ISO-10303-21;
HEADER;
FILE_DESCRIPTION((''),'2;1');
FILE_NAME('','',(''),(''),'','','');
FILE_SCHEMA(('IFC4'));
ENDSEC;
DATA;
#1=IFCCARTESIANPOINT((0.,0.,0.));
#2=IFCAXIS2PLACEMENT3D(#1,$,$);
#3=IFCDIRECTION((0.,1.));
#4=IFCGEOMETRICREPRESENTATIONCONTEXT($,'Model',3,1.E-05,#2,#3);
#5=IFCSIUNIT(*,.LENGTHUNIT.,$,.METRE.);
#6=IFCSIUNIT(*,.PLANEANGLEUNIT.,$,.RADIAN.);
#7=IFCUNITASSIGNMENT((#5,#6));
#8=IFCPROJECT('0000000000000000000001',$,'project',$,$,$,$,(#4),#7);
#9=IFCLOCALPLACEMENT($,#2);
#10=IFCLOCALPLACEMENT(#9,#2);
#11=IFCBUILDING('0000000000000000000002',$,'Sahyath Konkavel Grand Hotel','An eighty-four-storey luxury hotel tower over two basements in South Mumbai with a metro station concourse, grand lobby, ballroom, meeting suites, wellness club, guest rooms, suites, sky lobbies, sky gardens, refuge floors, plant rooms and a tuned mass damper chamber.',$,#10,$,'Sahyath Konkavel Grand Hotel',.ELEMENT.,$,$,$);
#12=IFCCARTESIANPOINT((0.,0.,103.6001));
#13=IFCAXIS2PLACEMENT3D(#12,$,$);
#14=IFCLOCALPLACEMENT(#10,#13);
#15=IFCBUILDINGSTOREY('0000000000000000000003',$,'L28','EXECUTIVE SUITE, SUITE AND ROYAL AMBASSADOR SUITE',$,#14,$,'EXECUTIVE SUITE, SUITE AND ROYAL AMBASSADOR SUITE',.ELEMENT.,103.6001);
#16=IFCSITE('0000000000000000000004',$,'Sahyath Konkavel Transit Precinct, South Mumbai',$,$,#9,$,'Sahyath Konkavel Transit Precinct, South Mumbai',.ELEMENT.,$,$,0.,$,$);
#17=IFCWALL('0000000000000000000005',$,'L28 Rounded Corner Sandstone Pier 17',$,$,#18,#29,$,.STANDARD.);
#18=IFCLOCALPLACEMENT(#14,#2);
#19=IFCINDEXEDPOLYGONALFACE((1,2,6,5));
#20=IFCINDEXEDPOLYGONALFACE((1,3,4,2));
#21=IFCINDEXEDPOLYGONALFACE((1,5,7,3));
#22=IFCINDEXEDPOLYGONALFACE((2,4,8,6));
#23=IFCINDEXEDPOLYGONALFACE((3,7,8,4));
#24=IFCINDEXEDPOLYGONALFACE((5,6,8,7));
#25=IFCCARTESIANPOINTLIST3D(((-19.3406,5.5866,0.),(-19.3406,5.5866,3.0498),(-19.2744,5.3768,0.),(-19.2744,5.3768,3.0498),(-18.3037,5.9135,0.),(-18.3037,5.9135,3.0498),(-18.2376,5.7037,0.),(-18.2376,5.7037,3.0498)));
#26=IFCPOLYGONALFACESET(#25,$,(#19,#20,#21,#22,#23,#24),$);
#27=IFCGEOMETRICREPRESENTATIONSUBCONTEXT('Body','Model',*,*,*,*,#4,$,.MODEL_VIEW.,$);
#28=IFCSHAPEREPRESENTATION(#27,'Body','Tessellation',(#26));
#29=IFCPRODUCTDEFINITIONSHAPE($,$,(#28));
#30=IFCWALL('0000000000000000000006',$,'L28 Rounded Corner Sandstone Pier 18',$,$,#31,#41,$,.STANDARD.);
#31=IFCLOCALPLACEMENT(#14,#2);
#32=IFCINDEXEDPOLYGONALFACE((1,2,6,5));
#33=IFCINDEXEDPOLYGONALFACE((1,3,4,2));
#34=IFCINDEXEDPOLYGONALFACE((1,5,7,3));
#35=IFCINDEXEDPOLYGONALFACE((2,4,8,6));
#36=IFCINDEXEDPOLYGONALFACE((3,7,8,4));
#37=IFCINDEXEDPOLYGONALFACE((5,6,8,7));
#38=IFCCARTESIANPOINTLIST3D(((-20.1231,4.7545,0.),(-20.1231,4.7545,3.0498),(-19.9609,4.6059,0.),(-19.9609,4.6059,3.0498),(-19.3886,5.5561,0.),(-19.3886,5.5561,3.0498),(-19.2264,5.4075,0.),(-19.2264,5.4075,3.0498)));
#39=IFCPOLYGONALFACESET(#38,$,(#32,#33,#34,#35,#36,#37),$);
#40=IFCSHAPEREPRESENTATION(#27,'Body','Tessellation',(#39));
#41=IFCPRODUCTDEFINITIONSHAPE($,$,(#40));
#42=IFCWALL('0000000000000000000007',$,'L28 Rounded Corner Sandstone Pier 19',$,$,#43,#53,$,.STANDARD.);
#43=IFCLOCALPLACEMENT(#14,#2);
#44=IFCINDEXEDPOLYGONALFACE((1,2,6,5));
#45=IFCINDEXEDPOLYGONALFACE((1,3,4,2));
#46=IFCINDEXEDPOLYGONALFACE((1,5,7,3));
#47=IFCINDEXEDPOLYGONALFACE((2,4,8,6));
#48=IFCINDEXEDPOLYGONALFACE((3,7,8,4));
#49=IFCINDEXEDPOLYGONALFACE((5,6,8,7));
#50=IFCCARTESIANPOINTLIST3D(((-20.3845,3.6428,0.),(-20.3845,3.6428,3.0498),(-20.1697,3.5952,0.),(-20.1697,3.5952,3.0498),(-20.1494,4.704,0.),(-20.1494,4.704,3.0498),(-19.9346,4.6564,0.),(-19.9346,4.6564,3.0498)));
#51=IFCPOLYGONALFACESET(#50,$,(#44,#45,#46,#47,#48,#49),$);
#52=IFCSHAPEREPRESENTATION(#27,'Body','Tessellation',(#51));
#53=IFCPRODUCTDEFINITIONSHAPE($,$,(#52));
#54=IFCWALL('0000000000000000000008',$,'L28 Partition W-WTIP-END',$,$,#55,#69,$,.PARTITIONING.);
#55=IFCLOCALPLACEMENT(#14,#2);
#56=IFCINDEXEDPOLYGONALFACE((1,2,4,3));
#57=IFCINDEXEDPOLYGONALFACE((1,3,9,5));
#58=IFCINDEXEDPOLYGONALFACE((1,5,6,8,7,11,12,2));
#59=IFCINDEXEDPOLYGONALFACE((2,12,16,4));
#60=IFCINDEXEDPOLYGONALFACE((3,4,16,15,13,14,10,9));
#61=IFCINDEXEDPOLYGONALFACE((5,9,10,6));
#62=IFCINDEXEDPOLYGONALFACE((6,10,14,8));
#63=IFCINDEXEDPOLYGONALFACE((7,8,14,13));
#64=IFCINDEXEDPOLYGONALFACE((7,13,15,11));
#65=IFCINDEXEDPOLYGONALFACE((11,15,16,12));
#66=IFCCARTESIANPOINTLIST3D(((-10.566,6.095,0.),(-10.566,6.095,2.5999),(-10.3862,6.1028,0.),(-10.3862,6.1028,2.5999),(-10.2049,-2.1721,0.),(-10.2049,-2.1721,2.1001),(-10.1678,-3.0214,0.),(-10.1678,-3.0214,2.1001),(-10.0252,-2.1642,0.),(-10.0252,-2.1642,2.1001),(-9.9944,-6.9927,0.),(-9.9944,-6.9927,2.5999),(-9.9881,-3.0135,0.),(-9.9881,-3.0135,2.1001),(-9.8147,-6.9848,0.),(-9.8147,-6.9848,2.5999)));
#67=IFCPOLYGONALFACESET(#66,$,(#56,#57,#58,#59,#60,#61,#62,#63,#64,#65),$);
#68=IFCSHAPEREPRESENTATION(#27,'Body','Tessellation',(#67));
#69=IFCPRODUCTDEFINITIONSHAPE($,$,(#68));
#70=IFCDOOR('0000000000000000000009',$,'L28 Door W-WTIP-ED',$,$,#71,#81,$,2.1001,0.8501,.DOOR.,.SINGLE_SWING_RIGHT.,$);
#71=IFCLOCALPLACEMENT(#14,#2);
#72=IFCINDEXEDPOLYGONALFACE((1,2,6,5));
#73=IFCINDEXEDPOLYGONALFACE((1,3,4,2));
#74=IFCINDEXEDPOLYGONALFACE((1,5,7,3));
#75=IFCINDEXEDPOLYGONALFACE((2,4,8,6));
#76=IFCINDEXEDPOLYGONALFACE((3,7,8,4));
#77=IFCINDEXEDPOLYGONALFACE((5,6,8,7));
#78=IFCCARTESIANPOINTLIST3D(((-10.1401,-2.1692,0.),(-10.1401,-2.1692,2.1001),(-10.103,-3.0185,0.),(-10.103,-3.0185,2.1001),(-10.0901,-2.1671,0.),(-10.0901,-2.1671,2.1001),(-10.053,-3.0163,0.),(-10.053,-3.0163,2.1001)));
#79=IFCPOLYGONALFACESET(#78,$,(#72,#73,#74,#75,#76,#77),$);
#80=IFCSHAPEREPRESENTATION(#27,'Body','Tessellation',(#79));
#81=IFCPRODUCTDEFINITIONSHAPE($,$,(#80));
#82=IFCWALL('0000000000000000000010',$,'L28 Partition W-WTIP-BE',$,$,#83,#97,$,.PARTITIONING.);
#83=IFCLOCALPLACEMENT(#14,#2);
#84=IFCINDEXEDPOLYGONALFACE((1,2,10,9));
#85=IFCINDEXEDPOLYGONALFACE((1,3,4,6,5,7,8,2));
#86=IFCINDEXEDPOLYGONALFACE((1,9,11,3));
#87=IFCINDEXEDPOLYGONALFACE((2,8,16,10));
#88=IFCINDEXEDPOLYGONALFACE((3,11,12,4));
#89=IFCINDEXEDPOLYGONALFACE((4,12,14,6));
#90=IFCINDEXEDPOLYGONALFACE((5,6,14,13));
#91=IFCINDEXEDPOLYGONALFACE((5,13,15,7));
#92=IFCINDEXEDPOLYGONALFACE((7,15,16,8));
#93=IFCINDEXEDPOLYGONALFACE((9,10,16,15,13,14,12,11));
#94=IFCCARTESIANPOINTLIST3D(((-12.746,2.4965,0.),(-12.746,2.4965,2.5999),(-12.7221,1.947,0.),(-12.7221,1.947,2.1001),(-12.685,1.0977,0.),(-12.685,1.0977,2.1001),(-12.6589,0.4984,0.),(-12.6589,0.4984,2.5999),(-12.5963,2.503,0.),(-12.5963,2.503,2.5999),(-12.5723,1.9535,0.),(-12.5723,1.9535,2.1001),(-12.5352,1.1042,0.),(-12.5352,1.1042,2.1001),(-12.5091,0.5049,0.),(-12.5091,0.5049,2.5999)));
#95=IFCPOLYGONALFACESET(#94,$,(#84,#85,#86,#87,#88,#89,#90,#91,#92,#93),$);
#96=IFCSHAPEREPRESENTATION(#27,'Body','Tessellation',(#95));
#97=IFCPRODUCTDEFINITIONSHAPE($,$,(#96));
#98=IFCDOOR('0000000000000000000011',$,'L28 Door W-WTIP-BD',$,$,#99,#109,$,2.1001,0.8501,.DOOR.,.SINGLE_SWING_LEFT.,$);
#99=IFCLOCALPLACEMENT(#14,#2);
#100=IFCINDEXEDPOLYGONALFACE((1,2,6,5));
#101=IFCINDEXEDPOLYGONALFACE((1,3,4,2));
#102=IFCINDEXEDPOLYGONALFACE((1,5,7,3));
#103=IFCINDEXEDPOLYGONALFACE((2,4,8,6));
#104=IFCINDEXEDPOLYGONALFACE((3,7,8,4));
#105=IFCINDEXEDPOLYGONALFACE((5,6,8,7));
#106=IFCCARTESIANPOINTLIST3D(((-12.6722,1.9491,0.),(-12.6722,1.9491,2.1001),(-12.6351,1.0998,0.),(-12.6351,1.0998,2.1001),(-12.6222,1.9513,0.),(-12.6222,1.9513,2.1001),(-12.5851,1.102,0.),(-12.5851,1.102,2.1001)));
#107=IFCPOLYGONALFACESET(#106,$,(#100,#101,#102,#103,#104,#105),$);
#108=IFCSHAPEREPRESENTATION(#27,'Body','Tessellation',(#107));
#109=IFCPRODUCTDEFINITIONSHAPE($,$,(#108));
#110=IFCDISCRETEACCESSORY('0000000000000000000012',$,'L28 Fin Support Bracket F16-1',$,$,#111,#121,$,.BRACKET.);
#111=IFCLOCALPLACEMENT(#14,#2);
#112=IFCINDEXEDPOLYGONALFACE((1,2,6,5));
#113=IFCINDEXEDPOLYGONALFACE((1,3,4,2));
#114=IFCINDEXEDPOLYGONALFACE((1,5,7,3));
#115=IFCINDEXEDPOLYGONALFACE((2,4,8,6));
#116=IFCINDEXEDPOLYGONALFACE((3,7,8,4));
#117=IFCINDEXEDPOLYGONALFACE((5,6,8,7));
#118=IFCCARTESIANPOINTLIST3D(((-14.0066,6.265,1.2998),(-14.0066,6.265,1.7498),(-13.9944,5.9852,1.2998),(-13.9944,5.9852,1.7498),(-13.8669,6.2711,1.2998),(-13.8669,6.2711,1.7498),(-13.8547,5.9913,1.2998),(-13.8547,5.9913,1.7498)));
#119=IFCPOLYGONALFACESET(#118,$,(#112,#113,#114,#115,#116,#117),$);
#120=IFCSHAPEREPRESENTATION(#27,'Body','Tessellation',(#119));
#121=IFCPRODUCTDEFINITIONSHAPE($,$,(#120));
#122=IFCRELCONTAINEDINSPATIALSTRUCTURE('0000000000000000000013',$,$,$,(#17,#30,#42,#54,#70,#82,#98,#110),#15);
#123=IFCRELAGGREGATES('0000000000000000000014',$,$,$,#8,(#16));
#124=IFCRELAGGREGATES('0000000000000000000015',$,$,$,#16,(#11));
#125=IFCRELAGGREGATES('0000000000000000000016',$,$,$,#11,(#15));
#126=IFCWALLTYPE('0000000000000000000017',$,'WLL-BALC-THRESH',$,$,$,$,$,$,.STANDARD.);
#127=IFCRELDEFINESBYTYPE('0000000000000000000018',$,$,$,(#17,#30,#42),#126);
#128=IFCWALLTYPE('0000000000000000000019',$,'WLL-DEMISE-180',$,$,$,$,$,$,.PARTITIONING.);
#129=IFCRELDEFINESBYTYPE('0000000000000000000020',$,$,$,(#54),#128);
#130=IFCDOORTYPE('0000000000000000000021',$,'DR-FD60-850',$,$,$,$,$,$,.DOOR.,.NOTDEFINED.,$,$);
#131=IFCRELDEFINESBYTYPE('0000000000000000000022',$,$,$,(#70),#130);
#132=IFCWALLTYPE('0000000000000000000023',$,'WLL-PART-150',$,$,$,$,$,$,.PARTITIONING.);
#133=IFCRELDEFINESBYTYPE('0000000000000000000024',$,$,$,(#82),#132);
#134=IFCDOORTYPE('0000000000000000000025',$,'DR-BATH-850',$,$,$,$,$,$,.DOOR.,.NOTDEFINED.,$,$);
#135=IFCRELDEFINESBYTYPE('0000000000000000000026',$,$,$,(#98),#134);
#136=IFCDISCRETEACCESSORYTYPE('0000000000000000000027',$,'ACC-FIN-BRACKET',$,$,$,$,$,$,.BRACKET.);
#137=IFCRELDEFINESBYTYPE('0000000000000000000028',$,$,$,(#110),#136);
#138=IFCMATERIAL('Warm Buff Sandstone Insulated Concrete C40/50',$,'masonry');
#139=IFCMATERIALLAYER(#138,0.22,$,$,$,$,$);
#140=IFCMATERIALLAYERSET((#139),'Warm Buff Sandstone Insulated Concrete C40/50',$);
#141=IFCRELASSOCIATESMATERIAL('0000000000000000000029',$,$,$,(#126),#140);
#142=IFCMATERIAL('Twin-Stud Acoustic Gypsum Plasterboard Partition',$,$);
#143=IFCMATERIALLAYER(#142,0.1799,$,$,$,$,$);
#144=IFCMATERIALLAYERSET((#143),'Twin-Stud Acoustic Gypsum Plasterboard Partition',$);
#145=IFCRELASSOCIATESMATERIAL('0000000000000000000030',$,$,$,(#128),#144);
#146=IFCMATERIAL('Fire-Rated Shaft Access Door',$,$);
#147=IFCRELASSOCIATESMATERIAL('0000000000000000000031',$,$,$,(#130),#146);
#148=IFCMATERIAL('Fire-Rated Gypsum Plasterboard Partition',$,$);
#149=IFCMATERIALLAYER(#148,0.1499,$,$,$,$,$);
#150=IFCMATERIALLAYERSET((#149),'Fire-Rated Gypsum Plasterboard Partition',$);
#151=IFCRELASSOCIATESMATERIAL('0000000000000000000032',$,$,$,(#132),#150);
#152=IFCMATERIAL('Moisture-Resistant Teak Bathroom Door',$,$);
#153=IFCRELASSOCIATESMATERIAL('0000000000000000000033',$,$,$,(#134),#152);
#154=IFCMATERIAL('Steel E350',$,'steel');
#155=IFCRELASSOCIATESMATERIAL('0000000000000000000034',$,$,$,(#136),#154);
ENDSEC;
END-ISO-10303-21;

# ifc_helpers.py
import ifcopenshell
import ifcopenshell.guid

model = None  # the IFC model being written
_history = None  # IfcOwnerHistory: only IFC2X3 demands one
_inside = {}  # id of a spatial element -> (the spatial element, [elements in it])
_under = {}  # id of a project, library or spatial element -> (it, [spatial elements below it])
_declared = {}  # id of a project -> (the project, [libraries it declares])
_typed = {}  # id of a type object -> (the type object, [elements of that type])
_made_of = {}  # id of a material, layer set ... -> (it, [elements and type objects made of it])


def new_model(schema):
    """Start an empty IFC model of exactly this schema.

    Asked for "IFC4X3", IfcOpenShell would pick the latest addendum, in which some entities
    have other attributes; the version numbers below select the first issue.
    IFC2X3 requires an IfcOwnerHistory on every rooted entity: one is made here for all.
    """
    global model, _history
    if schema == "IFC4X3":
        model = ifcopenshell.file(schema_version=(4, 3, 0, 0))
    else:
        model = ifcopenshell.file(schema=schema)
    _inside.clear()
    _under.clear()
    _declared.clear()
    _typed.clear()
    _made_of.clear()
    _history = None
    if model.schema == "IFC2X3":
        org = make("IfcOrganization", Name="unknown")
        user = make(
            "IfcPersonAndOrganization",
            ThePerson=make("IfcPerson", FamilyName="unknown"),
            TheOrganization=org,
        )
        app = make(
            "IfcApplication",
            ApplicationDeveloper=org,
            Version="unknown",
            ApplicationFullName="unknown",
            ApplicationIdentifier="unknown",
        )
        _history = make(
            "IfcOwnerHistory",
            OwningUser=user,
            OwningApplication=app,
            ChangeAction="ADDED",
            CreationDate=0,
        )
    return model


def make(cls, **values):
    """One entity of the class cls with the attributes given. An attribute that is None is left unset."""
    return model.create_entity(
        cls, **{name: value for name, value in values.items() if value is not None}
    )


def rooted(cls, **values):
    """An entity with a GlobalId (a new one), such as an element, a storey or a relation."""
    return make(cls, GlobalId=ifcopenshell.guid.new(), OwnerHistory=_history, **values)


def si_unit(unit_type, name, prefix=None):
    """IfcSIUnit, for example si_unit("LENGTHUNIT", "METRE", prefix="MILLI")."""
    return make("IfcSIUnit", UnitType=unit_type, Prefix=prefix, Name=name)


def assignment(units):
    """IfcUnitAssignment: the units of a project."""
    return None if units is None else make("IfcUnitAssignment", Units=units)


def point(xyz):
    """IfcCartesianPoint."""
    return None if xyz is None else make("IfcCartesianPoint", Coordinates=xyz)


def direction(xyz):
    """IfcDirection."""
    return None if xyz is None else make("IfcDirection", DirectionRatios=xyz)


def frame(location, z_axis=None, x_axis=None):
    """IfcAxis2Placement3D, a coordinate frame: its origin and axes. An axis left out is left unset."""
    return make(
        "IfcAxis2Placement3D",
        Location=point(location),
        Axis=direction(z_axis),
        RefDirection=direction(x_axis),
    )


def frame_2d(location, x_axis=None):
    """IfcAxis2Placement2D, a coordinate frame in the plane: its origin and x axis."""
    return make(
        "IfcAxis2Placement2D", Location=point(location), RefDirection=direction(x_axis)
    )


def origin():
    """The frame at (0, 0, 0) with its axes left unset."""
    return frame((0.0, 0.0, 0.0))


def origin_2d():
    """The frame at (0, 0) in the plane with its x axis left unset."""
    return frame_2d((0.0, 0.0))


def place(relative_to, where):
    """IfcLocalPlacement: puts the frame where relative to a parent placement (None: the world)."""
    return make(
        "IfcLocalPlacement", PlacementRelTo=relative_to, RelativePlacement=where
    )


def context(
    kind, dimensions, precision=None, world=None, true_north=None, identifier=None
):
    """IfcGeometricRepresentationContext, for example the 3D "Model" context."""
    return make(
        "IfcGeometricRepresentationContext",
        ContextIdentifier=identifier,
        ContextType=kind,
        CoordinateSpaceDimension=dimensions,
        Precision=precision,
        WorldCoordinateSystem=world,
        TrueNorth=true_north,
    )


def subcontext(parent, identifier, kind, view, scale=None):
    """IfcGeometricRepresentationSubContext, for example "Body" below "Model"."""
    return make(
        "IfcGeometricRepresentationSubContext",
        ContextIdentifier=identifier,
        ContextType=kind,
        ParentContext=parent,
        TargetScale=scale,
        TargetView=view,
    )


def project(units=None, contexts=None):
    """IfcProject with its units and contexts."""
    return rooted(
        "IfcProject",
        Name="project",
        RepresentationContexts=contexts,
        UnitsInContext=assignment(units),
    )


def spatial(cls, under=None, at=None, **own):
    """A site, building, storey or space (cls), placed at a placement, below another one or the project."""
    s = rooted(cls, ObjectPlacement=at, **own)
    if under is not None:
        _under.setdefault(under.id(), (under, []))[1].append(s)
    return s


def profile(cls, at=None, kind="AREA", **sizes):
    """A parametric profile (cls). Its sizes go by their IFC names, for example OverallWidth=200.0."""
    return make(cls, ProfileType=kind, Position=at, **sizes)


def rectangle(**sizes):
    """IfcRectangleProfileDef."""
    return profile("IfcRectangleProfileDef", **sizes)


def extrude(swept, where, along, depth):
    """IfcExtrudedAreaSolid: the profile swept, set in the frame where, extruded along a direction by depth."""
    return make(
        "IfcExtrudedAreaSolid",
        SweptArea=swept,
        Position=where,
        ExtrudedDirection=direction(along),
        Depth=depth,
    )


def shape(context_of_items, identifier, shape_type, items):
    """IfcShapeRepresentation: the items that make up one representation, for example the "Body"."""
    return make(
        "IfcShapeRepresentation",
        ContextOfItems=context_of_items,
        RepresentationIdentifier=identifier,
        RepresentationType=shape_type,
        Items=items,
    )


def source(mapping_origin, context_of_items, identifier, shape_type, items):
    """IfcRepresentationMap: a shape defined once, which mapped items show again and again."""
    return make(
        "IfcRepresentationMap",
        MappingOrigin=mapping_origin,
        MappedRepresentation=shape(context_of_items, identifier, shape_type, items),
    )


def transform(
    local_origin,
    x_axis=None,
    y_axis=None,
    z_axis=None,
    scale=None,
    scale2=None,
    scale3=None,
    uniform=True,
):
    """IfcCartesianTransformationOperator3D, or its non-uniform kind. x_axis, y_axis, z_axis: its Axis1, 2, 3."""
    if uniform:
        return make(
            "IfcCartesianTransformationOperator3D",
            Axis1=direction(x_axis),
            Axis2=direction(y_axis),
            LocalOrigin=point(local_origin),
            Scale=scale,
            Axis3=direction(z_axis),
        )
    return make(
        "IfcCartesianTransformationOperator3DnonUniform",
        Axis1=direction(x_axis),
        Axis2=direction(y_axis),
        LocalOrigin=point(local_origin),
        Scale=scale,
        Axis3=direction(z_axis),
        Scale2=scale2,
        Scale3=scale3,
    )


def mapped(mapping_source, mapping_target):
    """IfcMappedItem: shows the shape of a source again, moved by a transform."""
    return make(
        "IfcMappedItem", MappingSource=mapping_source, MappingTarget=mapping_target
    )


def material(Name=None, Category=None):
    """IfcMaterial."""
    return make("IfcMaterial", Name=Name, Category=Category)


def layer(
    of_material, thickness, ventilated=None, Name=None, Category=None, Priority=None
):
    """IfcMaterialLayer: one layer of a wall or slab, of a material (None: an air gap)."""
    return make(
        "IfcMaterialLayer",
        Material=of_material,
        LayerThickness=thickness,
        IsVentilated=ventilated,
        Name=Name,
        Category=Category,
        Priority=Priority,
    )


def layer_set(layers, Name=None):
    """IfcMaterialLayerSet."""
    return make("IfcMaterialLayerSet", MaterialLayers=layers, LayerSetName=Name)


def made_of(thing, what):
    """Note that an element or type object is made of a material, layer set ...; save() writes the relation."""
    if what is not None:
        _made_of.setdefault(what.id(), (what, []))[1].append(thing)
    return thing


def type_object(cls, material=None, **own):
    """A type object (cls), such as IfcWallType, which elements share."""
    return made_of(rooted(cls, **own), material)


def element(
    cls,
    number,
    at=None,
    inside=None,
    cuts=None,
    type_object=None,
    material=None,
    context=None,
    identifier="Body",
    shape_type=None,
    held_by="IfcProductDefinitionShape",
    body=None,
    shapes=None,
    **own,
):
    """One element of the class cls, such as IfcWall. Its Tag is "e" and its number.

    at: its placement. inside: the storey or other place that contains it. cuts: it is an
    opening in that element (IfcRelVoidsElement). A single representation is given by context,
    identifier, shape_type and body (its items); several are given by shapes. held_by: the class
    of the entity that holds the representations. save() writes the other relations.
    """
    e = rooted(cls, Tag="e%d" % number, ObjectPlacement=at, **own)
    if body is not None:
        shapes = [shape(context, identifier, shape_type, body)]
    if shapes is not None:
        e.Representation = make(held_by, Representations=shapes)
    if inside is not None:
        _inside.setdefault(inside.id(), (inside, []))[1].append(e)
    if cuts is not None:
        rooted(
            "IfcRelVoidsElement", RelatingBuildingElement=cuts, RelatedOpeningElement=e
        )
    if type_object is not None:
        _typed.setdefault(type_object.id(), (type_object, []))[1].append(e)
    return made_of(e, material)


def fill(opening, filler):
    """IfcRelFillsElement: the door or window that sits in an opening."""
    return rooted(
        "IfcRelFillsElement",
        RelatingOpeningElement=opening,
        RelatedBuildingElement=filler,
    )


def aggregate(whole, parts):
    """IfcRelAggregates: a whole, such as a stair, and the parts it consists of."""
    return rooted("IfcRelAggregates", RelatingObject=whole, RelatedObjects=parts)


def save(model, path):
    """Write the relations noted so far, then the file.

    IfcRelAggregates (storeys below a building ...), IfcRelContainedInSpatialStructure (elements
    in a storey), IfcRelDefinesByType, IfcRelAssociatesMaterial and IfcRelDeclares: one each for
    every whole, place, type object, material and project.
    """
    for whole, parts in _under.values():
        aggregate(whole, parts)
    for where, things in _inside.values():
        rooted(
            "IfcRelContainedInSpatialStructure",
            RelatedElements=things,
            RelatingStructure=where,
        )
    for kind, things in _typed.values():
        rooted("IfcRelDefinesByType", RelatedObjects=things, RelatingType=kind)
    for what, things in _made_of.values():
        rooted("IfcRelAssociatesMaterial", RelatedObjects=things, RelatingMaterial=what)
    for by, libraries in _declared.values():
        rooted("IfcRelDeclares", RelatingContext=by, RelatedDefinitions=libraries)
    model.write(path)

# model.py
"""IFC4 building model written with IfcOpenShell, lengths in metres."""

from ifc_helpers import new_model, si_unit, direction, frame, frame_2d, origin, origin_2d, place, context, subcontext, project, spatial, rectangle, extrude, source, transform, mapped, material, layer, layer_set, type_object, element, fill, save


model = new_model("IFC4")

# Units and contexts
model_context = context("Model", 3, precision=1e-05, world=origin(), true_north=direction((0.0, 1.0)))
body_context = subcontext(model_context, "Body", "Model", "MODEL_VIEW")
ifc_project = project(units=[si_unit("LENGTHUNIT", "METRE"), si_unit("PLANEANGLEUNIT", "RADIAN")], contexts=[model_context])

# Site, building, storey
site_placement = place(None, origin())
site = spatial("IfcSite", under=ifc_project, at=site_placement, Name="Sahyath Konkavel Transit Precinct, South Mumbai", LongName="Sahyath Konkavel Transit Precinct, South Mumbai", CompositionType="ELEMENT", RefElevation=0.0)
building_placement = place(site_placement, origin())
building = spatial("IfcBuilding", under=site, at=building_placement, Name="Sahyath Konkavel Grand Hotel", Description="An eighty-four-storey luxury hotel tower over two basements in South Mumbai with a metro station concourse, grand lobby, ballroom, meeting suites, wellness club, guest rooms, suites, sky lobbies, sky gardens, refuge floors, plant rooms and a tuned mass damper chamber.", LongName="Sahyath Konkavel Grand Hotel", CompositionType="ELEMENT")
storey_placement = place(building_placement, frame((0.0, 0.0, 103.6001)))
storey = spatial("IfcBuildingStorey", under=building, at=storey_placement, Name="L28", Description="EXECUTIVE SUITE, SUITE AND ROYAL AMBASSADOR SUITE", LongName="EXECUTIVE SUITE, SUITE AND ROYAL AMBASSADOR SUITE", CompositionType="ELEMENT", Elevation=103.6001)

# Shared definitions
ifc_material_1 = material(Name="Steel E350", Category="steel")

# Walls
ifc_material_2 = material(Name="Warm Buff Sandstone Insulated Concrete C40/50", Category="masonry")
ifc_layer_1 = layer(ifc_material_2, 0.22)
ifc_layer_set_1 = layer_set([ifc_layer_1], Name="Warm Buff Sandstone Insulated Concrete C40/50")
wall_type_1 = type_object("IfcWallType", Name="WLL-BALC-THRESH", PredefinedType="STANDARD", material=ifc_layer_set_1)
for number, where, z_axis, x_axis, name in (
    (1, (-18.2708, 5.8086, 0.0), (0.0, 0.0, 1.0), (-0.953722, -0.300691, 0.0), "L28 Rounded Corner Sandstone Pier 17"),
    (2, (-19.3076, 5.4817, 0.0), (0.0, 0.0, 1.0), (-0.675552, -0.737313, 0.0), "L28 Rounded Corner Sandstone Pier 18"),
):
    element("IfcWall", number, at=place(storey_placement, frame(where, z_axis=z_axis, x_axis=x_axis)), inside=storey, type_object=wall_type_1, Name=name, PredefinedType="STANDARD", context=body_context, shape_type="SweptSolid", body=[
        extrude(rectangle(XDim=1.0872, YDim=0.22, at=frame_2d((0.5435, 0.0))), origin(), (0.0, 0.0, 1.0), 3.0498),
    ])
wall_1_placement = place(storey_placement, frame((-20.042, 4.6802, 0.0), z_axis=(0.0, 0.0, 1.0), x_axis=(-0.216288, -0.97633, 0.0)))
element("IfcWall", 3, at=wall_1_placement, inside=storey, type_object=wall_type_1, Name="L28 Rounded Corner Sandstone Pier 19", PredefinedType="STANDARD", context=body_context, shape_type="SweptSolid", body=[
    extrude(rectangle(XDim=1.0869, YDim=0.22, at=frame_2d((0.5435, 0.0))), origin(), (0.0, 0.0, 1.0), 3.0498),
])

# Walls, openings, doors
ifc_material_3 = material(Name="Twin-Stud Acoustic Gypsum Plasterboard Partition")
ifc_layer_2 = layer(ifc_material_3, 0.1799)
ifc_layer_set_2 = layer_set([ifc_layer_2], Name="Twin-Stud Acoustic Gypsum Plasterboard Partition")
wall_type_2 = type_object("IfcWallType", Name="WLL-DEMISE-180", PredefinedType="PARTITIONING", material=ifc_layer_set_2)
wall_2_placement = place(storey_placement, frame((-10.4761, 6.0989, 0.0), z_axis=(0.0, 0.0, 1.0), x_axis=(0.043628, -0.999048, 0.0)))
wall_2 = element("IfcWall", 4, at=wall_2_placement, inside=storey, type_object=wall_type_2, Name="L28 Partition W-WTIP-END", PredefinedType="PARTITIONING", context=body_context, shape_type="SweptSolid", body=[
    extrude(rectangle(XDim=13.1001, YDim=0.1799, at=frame_2d((6.55, 0.0))), origin(), (0.0, 0.0, 1.0), 2.5999),
])
opening_1_placement = place(wall_2_placement, frame((8.2749, 0.0, 0.0)))
opening_1 = element("IfcOpeningElement", 5, at=opening_1_placement, cuts=wall_2, PredefinedType="OPENING", context=body_context, shape_type="SweptSolid", body=[
    extrude(rectangle(XDim=0.8501, YDim=2.1001, at=frame_2d((0.425, 1.05))), frame((0.0, 0.1001, 0.0), z_axis=(0.0, -1.0, 0.0), x_axis=(1.0, 0.0, 0.0)), (0.0, 0.0, 1.0), 0.2),
])
ifc_material_4 = material(Name="Fire-Rated Shaft Access Door")
door_type_1 = type_object("IfcDoorType", Name="DR-FD60-850", OperationType="NOTDEFINED", PredefinedType="DOOR", material=ifc_material_4)
shared_shape_1 = source(origin(), body_context, "Body", "SweptSolid", [
    extrude(rectangle(XDim=0.8501, YDim=0.05, at=origin_2d()), origin(), (0.0, 0.0, 1.0), 2.1001),
])
door_1_placement = place(opening_1_placement, frame((0.425, 0.0, 0.0)))
door_1 = element("IfcDoor", 6, at=door_1_placement, inside=storey, type_object=door_type_1, Name="L28 Door W-WTIP-ED", OperationType="SINGLE_SWING_RIGHT", OverallHeight=2.1001, OverallWidth=0.8501, PredefinedType="DOOR", context=body_context, shape_type="MappedRepresentation", body=[
    mapped(shared_shape_1, transform((0.0, 0.0, 0.0), scale=1.0)),
])
fill(opening_1, door_1)
ifc_material_5 = material(Name="Fire-Rated Gypsum Plasterboard Partition")
ifc_layer_3 = layer(ifc_material_5, 0.1499)
ifc_layer_set_3 = layer_set([ifc_layer_3], Name="Fire-Rated Gypsum Plasterboard Partition")
wall_type_3 = type_object("IfcWallType", Name="WLL-PART-150", PredefinedType="PARTITIONING", material=ifc_layer_set_3)
wall_3_placement = place(storey_placement, frame((-12.6711, 2.4998, 0.0), z_axis=(0.0, 0.0, 1.0), x_axis=(0.04358, -0.99905, 0.0)))
wall_3 = element("IfcWall", 7, at=wall_3_placement, inside=storey, type_object=wall_type_3, Name="L28 Partition W-WTIP-BE", PredefinedType="PARTITIONING", context=body_context, shape_type="SweptSolid", body=[
    extrude(rectangle(XDim=2.0, YDim=0.1499, at=frame_2d((1.0, 0.0))), origin(), (0.0, 0.0, 1.0), 2.5999),
])
opening_2_placement = place(wall_3_placement, frame((0.55, 0.0, 0.0)))
opening_2 = element("IfcOpeningElement", 8, at=opening_2_placement, cuts=wall_3, PredefinedType="OPENING", context=body_context, shape_type="SweptSolid", body=[
    extrude(rectangle(XDim=0.8501, YDim=2.1001, at=frame_2d((0.425, 1.05))), frame((0.0, 0.085, 0.0), z_axis=(0.0, -1.0, 0.0), x_axis=(1.0, 0.0, 0.0)), (0.0, 0.0, 1.0), 0.1699),
])
ifc_material_6 = material(Name="Moisture-Resistant Teak Bathroom Door")
door_type_2 = type_object("IfcDoorType", Name="DR-BATH-850", OperationType="NOTDEFINED", PredefinedType="DOOR", material=ifc_material_6)
door_2_placement = place(opening_2_placement, frame((0.425, 0.0, 0.0)))
door_2 = element("IfcDoor", 9, at=door_2_placement, inside=storey, type_object=door_type_2, Name="L28 Door W-WTIP-BD", OperationType="SINGLE_SWING_LEFT", OverallHeight=2.1001, OverallWidth=0.8501, PredefinedType="DOOR", context=body_context, shape_type="MappedRepresentation", body=[
    mapped(shared_shape_1, transform((0.0, 0.0, 0.0), scale=1.0)),
])
fill(opening_2, door_2)

# Discrete accessory
discrete_accessory_type = type_object("IfcDiscreteAccessoryType", Name="ACC-FIN-BRACKET", PredefinedType="BRACKET", material=ifc_material_1)
shared_shape_2 = source(origin(), body_context, "Body", "SweptSolid", [
    extrude(rectangle(XDim=0.28, YDim=0.1399, at=origin_2d()), origin(), (0.0, 0.0, 1.0), 0.45),
])
discrete_accessory_placement = place(storey_placement, frame((-13.9307, 6.1282, 1.2998), z_axis=(0.0, 0.0, 1.0), x_axis=(-0.043602, 0.999049, 0.0)))
element("IfcDiscreteAccessory", 10, at=discrete_accessory_placement, inside=storey, type_object=discrete_accessory_type, Name="L28 Fin Support Bracket F16-1", PredefinedType="BRACKET", context=body_context, shape_type="MappedRepresentation", body=[
    mapped(shared_shape_2, transform((0.0, 0.0, 0.0), scale=1.0)),
])

save(model, "model.ifc")
